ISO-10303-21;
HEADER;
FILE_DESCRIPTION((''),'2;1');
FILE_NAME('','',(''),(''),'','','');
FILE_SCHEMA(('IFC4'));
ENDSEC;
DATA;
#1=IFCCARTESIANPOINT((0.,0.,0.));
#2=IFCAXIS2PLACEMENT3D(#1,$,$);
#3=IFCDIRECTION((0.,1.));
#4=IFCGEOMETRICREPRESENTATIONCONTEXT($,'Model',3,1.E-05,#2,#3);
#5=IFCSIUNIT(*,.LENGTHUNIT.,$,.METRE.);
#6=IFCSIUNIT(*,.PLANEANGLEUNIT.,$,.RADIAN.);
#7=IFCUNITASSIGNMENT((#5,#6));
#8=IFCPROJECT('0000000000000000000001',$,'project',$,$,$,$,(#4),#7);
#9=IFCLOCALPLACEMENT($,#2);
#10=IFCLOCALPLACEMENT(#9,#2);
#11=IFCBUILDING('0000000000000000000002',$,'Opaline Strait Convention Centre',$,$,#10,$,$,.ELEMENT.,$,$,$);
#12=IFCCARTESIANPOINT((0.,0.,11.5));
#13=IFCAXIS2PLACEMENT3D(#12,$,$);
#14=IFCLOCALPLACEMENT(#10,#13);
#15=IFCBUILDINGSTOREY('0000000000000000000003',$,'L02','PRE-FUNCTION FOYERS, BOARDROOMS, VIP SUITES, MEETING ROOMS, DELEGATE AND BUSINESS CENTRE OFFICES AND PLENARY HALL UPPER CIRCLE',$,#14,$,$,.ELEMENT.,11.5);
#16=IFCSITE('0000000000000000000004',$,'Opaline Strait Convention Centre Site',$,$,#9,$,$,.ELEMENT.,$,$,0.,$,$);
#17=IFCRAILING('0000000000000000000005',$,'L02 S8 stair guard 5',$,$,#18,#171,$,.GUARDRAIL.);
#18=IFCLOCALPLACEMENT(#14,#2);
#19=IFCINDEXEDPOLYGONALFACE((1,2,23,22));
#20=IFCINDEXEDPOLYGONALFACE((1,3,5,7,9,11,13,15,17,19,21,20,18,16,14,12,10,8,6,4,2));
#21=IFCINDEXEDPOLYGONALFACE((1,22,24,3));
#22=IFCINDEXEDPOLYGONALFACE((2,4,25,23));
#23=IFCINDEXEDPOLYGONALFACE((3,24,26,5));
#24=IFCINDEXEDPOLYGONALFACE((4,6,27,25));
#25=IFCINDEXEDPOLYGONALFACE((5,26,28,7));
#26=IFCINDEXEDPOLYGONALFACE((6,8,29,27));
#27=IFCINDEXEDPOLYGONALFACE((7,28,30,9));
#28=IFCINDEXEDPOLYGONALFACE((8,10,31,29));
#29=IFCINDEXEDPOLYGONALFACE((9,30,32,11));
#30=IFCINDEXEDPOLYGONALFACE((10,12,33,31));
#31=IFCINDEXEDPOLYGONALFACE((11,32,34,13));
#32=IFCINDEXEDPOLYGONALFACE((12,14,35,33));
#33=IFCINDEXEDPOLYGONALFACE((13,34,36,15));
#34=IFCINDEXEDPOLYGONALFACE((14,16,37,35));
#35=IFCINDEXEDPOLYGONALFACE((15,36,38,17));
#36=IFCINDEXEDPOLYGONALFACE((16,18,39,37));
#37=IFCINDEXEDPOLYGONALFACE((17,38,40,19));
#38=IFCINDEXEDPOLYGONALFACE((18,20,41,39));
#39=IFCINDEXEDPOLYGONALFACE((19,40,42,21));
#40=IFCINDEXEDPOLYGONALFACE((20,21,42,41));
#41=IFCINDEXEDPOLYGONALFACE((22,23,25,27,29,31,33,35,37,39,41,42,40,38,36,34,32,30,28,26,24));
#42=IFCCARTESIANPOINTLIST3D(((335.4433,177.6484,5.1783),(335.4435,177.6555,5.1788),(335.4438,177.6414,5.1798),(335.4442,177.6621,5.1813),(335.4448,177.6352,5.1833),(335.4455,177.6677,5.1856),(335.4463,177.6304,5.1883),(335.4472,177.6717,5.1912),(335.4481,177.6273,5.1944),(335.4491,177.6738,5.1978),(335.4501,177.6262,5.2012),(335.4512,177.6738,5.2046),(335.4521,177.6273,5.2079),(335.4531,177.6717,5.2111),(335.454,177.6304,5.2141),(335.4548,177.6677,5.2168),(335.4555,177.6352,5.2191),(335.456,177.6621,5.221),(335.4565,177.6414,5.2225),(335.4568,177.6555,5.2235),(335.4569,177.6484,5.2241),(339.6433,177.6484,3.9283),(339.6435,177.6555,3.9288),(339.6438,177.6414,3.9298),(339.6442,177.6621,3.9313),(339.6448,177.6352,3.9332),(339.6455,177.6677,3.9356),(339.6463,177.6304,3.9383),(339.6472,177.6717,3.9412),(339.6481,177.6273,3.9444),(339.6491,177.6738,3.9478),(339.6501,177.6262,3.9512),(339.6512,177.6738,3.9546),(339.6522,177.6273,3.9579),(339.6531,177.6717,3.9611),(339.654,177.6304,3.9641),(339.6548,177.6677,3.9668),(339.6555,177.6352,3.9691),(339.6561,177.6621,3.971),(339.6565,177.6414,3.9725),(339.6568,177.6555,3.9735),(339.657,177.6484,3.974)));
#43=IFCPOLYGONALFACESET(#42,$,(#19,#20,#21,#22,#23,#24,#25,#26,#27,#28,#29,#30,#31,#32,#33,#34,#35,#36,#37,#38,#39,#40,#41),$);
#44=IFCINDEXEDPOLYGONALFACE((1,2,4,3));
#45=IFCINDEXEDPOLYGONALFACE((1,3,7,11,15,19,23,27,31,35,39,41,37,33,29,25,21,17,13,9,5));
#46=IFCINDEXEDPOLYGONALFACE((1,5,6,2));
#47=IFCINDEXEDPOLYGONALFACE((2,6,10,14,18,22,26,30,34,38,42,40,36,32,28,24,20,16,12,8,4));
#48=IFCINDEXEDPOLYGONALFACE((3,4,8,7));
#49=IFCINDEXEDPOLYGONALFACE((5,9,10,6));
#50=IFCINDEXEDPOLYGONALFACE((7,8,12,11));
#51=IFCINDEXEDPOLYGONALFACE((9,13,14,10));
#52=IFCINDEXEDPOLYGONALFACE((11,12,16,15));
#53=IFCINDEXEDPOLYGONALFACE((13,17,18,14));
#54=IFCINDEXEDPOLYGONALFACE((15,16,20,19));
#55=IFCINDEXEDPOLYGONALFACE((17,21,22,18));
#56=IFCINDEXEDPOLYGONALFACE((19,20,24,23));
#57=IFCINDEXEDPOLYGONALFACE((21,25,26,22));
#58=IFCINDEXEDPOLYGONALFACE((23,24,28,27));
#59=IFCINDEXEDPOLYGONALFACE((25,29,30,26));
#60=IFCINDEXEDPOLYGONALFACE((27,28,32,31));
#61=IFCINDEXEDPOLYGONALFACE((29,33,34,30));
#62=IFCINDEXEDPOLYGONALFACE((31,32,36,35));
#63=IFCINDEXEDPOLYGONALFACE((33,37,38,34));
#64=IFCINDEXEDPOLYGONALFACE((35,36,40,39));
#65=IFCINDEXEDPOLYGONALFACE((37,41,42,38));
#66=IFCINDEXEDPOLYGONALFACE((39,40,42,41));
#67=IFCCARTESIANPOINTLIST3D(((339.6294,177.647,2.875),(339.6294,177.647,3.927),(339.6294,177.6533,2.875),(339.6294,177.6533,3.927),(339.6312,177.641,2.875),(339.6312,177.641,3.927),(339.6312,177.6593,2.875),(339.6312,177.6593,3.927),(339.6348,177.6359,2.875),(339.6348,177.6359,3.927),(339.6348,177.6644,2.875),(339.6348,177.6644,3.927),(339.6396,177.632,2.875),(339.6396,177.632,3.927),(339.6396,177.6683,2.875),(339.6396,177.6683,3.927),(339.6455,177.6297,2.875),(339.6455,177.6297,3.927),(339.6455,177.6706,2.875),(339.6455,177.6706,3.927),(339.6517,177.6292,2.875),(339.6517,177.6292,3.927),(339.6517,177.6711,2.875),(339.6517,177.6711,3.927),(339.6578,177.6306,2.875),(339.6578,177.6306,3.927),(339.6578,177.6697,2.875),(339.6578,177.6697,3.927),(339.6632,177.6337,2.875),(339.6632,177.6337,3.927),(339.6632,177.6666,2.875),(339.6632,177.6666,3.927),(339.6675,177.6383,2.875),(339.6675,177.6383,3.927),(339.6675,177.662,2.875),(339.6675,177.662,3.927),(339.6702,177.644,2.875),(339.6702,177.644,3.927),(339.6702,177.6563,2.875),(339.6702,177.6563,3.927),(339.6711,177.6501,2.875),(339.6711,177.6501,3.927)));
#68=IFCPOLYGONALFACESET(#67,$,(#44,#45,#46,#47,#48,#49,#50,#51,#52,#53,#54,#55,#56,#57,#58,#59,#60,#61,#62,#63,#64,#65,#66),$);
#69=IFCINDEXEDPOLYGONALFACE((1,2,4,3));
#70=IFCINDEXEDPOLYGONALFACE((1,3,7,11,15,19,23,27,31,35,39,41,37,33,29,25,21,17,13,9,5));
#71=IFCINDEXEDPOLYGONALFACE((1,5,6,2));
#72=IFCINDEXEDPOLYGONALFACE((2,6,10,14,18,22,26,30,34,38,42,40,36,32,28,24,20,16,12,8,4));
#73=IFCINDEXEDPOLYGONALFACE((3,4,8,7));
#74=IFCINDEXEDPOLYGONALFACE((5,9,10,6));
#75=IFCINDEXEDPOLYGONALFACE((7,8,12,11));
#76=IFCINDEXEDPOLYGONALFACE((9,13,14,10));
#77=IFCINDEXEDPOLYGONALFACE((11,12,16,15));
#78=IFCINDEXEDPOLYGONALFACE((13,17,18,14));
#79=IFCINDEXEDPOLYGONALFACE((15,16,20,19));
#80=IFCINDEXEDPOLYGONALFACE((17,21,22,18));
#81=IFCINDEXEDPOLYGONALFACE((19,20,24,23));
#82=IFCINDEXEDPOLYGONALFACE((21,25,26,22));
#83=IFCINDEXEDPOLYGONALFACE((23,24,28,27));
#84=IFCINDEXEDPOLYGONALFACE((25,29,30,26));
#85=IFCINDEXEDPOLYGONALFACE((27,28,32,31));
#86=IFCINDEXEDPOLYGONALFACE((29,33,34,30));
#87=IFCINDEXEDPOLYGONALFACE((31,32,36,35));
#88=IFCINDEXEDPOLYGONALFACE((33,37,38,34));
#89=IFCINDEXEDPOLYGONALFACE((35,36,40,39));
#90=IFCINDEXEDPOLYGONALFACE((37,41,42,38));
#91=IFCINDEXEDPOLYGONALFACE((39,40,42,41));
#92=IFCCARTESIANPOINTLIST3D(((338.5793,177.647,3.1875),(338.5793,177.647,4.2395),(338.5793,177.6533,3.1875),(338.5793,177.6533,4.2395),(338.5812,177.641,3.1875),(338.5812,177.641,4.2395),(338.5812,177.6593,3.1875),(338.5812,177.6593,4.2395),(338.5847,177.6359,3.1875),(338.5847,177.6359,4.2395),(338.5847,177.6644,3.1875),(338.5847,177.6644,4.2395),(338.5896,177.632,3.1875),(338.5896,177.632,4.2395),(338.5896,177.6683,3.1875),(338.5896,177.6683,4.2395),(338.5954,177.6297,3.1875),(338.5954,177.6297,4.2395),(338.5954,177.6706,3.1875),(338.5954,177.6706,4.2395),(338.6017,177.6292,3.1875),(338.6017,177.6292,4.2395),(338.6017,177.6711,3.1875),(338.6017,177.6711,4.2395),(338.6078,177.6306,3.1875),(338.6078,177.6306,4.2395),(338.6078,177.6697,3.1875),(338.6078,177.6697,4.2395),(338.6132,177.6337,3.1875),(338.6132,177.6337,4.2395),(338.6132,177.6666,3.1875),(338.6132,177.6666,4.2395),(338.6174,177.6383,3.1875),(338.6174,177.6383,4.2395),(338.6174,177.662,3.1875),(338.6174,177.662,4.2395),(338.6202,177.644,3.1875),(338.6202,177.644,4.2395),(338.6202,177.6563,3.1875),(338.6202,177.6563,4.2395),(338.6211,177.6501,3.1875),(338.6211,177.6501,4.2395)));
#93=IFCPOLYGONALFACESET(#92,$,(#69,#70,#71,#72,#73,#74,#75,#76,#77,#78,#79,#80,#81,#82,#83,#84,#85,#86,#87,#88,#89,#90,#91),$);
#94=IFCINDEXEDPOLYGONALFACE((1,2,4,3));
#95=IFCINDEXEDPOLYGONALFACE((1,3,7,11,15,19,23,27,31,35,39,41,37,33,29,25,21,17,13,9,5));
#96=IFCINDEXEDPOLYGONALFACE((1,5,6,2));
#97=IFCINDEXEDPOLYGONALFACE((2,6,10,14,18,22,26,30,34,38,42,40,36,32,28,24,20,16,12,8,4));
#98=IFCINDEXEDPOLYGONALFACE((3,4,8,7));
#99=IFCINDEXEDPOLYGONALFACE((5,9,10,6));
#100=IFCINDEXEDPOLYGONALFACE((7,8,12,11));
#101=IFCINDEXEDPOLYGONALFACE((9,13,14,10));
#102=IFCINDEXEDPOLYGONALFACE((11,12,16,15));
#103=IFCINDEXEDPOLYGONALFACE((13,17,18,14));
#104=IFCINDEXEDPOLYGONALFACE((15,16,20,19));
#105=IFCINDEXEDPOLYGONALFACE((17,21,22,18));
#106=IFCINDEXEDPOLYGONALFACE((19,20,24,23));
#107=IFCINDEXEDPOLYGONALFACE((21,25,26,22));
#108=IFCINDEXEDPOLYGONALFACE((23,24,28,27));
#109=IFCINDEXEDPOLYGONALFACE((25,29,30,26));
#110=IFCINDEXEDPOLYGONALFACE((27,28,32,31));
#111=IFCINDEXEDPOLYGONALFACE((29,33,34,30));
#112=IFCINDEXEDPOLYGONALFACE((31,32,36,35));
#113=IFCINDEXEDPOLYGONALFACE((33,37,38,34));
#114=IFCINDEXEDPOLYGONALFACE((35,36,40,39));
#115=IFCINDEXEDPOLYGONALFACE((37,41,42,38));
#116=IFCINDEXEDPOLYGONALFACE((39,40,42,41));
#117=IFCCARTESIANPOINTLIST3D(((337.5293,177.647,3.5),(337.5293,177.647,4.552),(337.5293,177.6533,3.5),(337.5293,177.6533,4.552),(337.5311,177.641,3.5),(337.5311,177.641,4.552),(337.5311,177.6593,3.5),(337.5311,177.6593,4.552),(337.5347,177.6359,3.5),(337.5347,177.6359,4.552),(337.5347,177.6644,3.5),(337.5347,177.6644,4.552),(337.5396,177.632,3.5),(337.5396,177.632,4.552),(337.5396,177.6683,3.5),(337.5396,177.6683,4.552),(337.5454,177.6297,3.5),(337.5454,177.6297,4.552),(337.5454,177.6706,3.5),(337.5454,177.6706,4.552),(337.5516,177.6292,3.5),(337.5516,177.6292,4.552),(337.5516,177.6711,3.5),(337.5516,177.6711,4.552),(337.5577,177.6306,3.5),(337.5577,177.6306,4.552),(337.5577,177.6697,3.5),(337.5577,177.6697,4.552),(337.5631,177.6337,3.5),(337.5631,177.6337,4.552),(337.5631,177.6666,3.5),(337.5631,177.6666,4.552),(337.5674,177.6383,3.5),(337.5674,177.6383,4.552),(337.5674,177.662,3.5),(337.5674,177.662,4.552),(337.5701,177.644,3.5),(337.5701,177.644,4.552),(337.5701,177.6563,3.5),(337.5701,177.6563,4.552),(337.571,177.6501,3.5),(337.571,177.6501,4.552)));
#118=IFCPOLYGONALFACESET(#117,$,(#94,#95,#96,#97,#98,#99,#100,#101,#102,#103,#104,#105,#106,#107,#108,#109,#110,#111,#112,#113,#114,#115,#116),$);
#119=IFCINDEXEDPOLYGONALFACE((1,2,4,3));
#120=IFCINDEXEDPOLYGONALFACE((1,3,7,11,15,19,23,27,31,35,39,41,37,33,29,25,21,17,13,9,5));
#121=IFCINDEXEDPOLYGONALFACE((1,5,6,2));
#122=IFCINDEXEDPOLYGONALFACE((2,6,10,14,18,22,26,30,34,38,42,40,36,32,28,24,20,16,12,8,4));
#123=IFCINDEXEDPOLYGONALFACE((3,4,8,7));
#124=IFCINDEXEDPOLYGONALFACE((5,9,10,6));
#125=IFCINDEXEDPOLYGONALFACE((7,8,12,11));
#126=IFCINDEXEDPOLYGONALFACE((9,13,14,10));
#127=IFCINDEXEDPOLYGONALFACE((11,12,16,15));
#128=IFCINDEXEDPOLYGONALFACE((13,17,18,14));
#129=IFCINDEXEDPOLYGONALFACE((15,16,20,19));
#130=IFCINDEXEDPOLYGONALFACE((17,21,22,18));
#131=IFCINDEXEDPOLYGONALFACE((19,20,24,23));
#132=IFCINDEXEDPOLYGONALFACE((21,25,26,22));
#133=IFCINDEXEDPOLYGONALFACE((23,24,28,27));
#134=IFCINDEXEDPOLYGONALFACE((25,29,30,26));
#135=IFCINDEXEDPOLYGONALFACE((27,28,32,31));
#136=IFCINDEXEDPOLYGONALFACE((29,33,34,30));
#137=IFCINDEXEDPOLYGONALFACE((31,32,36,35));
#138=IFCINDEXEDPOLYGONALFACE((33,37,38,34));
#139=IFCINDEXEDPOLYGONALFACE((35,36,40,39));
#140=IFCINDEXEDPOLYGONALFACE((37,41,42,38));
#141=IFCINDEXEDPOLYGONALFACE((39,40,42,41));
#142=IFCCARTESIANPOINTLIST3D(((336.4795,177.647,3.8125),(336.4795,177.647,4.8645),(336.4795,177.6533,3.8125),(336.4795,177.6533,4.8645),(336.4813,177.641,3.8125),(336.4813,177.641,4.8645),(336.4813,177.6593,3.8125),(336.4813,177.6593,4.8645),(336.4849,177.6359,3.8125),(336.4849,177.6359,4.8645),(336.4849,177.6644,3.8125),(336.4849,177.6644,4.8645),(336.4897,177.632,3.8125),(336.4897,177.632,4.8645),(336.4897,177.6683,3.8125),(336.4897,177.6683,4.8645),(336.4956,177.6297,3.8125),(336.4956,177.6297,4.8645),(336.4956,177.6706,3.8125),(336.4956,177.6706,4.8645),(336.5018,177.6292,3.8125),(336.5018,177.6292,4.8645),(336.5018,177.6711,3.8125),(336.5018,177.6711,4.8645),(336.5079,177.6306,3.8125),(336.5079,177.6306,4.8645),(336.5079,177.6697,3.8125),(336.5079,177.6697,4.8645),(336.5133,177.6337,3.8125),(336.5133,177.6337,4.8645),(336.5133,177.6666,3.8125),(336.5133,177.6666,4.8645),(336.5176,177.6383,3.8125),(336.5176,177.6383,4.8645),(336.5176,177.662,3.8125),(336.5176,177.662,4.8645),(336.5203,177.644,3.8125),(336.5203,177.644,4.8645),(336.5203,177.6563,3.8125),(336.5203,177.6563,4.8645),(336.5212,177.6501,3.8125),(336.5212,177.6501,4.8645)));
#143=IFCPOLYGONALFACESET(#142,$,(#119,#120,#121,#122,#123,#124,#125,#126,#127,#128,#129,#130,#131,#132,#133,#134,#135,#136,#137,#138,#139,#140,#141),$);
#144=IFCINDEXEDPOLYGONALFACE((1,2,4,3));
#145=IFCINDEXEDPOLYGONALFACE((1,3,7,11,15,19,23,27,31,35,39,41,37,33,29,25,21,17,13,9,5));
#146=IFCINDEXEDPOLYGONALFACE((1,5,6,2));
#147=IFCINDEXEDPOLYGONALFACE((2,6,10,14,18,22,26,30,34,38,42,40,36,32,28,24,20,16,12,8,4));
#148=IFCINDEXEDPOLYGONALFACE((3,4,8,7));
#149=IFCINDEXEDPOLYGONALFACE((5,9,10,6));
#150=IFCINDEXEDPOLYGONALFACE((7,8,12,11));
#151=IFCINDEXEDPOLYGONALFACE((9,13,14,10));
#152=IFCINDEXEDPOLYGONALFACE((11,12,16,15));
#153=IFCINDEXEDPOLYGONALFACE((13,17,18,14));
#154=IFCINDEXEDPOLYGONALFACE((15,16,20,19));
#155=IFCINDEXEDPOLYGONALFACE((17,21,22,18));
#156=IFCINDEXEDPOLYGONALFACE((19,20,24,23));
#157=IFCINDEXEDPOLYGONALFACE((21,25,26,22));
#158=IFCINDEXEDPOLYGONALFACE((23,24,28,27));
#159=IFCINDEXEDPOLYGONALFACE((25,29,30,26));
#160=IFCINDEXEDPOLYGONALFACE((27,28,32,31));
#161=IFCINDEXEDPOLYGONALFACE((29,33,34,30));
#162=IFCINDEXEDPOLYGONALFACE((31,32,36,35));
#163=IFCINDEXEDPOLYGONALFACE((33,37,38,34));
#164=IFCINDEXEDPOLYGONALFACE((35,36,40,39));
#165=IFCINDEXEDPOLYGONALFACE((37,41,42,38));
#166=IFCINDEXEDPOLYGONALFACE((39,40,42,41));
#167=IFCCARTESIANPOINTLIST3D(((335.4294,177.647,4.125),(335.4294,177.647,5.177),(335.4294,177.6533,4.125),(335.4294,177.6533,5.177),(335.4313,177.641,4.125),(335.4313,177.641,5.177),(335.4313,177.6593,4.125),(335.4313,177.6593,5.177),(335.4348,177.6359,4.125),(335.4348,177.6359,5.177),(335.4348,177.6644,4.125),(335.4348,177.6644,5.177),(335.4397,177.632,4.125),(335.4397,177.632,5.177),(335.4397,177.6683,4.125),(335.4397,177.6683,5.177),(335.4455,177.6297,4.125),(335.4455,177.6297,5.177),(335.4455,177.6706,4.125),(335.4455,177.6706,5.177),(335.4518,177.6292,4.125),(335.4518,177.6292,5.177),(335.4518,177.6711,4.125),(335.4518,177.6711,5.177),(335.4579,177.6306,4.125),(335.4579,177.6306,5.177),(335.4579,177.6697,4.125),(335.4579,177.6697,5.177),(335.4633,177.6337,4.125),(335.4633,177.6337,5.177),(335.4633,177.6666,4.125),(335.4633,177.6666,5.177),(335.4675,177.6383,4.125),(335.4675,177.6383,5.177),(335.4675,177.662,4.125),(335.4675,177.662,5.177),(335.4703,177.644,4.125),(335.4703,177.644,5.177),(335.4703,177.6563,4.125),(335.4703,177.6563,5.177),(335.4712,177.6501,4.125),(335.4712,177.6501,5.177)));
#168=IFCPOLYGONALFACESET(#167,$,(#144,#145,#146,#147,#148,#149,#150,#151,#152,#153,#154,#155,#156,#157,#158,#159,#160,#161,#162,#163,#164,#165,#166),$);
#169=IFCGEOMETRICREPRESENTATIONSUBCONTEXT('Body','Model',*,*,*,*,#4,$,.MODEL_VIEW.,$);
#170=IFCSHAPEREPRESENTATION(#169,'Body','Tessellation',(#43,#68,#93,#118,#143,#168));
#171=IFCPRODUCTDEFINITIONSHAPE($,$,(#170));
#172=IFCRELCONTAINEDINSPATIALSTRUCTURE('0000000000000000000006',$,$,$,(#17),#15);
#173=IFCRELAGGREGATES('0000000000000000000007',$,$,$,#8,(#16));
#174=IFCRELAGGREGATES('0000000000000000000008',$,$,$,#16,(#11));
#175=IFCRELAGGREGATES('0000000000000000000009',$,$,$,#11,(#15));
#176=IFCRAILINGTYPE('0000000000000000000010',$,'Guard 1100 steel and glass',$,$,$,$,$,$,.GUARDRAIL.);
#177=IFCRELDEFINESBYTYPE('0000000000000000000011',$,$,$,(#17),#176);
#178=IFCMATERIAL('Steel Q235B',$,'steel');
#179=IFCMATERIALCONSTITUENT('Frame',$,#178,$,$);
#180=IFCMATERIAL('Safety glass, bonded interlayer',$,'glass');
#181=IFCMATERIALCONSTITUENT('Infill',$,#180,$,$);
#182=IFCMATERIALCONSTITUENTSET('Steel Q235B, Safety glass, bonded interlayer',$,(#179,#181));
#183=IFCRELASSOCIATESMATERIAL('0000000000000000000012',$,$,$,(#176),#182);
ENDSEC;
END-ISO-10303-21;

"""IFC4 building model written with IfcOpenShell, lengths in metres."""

from ifc_helpers import new_model, si_unit, direction, frame, origin, origin_2d, place, context, subcontext, project, spatial, circle, extrude, material, constituent, constituent_set, type_object, element, save


model = new_model("IFC4")

# Units and contexts
model_context = context("Model", 3, precision=1e-05, world=origin(), true_north=direction((0.0, 1.0)))
body_context = subcontext(model_context, "Body", "Model", "MODEL_VIEW")
ifc_project = project(units=[si_unit("LENGTHUNIT", "METRE"), si_unit("PLANEANGLEUNIT", "RADIAN")], contexts=[model_context])

# Site, building, storey
site_placement = place(None, origin())
site = spatial("IfcSite", under=ifc_project, at=site_placement, Name="Opaline Strait Convention Centre Site", CompositionType="ELEMENT", RefElevation=0.0)
building_placement = place(site_placement, origin())
building = spatial("IfcBuilding", under=site, at=building_placement, Name="Opaline Strait Convention Centre", CompositionType="ELEMENT")
storey_placement = place(building_placement, frame((0.0, 0.0, 11.5)))
storey = spatial("IfcBuildingStorey", under=building, at=storey_placement, Name="L02", Description="PRE-FUNCTION FOYERS, BOARDROOMS, VIP SUITES, MEETING ROOMS, DELEGATE AND BUSINESS CENTRE OFFICES AND PLENARY HALL UPPER CIRCLE", CompositionType="ELEMENT", Elevation=11.5)

# Railing
ifc_material_1 = material(Name="Steel Q235B", Category="steel")
ifc_constituent_1 = constituent(ifc_material_1, Name="Frame")
ifc_material_2 = material(Name="Safety glass, bonded interlayer", Category="glass")
ifc_constituent_2 = constituent(ifc_material_2, Name="Infill")
ifc_constituent_set = constituent_set(constituents=[ifc_constituent_1, ifc_constituent_2], Name="Steel Q235B, Safety glass, bonded interlayer")
railing_type_1 = type_object("IfcRailingType", Name="Guard 1100 steel and glass", PredefinedType="GUARDRAIL", material=ifc_constituent_set)
railing_1_placement = place(storey_placement, frame((339.6501, 177.6501, 2.875)))
element("IfcRailing", 1, at=railing_1_placement, inside=storey, type_object=railing_type_1, Name="L02 S8 stair guard 5", PredefinedType="GUARDRAIL", context=body_context, shape_type="SweptSolid", body=[
    extrude(circle(Radius=0.0239, at=origin_2d()), frame((0.0, 0.0, 1.0762), z_axis=(-0.958451, 0.0, 0.285257), x_axis=(0.0, -1.0, 0.0)), (0.0, 0.0, 1.0), 4.3821),
    extrude(circle(Radius=0.021, at=origin_2d()), origin(), (0.0, 0.0, 1.0), 1.052),
    extrude(circle(Radius=0.021, at=origin_2d()), frame((-1.05, 0.0, 0.3125)), (0.0, 0.0, 1.0), 1.052),
    extrude(circle(Radius=0.021, at=origin_2d()), frame((-2.1001, 0.0, 0.625)), (0.0, 0.0, 1.0), 1.052),
    extrude(circle(Radius=0.021, at=origin_2d()), frame((-3.1499, 0.0, 0.9375)), (0.0, 0.0, 1.0), 1.052),
    extrude(circle(Radius=0.021, at=origin_2d()), frame((-4.2, 0.0, 1.25)), (0.0, 0.0, 1.0), 1.052),
])

save(model, "model.ifc")
